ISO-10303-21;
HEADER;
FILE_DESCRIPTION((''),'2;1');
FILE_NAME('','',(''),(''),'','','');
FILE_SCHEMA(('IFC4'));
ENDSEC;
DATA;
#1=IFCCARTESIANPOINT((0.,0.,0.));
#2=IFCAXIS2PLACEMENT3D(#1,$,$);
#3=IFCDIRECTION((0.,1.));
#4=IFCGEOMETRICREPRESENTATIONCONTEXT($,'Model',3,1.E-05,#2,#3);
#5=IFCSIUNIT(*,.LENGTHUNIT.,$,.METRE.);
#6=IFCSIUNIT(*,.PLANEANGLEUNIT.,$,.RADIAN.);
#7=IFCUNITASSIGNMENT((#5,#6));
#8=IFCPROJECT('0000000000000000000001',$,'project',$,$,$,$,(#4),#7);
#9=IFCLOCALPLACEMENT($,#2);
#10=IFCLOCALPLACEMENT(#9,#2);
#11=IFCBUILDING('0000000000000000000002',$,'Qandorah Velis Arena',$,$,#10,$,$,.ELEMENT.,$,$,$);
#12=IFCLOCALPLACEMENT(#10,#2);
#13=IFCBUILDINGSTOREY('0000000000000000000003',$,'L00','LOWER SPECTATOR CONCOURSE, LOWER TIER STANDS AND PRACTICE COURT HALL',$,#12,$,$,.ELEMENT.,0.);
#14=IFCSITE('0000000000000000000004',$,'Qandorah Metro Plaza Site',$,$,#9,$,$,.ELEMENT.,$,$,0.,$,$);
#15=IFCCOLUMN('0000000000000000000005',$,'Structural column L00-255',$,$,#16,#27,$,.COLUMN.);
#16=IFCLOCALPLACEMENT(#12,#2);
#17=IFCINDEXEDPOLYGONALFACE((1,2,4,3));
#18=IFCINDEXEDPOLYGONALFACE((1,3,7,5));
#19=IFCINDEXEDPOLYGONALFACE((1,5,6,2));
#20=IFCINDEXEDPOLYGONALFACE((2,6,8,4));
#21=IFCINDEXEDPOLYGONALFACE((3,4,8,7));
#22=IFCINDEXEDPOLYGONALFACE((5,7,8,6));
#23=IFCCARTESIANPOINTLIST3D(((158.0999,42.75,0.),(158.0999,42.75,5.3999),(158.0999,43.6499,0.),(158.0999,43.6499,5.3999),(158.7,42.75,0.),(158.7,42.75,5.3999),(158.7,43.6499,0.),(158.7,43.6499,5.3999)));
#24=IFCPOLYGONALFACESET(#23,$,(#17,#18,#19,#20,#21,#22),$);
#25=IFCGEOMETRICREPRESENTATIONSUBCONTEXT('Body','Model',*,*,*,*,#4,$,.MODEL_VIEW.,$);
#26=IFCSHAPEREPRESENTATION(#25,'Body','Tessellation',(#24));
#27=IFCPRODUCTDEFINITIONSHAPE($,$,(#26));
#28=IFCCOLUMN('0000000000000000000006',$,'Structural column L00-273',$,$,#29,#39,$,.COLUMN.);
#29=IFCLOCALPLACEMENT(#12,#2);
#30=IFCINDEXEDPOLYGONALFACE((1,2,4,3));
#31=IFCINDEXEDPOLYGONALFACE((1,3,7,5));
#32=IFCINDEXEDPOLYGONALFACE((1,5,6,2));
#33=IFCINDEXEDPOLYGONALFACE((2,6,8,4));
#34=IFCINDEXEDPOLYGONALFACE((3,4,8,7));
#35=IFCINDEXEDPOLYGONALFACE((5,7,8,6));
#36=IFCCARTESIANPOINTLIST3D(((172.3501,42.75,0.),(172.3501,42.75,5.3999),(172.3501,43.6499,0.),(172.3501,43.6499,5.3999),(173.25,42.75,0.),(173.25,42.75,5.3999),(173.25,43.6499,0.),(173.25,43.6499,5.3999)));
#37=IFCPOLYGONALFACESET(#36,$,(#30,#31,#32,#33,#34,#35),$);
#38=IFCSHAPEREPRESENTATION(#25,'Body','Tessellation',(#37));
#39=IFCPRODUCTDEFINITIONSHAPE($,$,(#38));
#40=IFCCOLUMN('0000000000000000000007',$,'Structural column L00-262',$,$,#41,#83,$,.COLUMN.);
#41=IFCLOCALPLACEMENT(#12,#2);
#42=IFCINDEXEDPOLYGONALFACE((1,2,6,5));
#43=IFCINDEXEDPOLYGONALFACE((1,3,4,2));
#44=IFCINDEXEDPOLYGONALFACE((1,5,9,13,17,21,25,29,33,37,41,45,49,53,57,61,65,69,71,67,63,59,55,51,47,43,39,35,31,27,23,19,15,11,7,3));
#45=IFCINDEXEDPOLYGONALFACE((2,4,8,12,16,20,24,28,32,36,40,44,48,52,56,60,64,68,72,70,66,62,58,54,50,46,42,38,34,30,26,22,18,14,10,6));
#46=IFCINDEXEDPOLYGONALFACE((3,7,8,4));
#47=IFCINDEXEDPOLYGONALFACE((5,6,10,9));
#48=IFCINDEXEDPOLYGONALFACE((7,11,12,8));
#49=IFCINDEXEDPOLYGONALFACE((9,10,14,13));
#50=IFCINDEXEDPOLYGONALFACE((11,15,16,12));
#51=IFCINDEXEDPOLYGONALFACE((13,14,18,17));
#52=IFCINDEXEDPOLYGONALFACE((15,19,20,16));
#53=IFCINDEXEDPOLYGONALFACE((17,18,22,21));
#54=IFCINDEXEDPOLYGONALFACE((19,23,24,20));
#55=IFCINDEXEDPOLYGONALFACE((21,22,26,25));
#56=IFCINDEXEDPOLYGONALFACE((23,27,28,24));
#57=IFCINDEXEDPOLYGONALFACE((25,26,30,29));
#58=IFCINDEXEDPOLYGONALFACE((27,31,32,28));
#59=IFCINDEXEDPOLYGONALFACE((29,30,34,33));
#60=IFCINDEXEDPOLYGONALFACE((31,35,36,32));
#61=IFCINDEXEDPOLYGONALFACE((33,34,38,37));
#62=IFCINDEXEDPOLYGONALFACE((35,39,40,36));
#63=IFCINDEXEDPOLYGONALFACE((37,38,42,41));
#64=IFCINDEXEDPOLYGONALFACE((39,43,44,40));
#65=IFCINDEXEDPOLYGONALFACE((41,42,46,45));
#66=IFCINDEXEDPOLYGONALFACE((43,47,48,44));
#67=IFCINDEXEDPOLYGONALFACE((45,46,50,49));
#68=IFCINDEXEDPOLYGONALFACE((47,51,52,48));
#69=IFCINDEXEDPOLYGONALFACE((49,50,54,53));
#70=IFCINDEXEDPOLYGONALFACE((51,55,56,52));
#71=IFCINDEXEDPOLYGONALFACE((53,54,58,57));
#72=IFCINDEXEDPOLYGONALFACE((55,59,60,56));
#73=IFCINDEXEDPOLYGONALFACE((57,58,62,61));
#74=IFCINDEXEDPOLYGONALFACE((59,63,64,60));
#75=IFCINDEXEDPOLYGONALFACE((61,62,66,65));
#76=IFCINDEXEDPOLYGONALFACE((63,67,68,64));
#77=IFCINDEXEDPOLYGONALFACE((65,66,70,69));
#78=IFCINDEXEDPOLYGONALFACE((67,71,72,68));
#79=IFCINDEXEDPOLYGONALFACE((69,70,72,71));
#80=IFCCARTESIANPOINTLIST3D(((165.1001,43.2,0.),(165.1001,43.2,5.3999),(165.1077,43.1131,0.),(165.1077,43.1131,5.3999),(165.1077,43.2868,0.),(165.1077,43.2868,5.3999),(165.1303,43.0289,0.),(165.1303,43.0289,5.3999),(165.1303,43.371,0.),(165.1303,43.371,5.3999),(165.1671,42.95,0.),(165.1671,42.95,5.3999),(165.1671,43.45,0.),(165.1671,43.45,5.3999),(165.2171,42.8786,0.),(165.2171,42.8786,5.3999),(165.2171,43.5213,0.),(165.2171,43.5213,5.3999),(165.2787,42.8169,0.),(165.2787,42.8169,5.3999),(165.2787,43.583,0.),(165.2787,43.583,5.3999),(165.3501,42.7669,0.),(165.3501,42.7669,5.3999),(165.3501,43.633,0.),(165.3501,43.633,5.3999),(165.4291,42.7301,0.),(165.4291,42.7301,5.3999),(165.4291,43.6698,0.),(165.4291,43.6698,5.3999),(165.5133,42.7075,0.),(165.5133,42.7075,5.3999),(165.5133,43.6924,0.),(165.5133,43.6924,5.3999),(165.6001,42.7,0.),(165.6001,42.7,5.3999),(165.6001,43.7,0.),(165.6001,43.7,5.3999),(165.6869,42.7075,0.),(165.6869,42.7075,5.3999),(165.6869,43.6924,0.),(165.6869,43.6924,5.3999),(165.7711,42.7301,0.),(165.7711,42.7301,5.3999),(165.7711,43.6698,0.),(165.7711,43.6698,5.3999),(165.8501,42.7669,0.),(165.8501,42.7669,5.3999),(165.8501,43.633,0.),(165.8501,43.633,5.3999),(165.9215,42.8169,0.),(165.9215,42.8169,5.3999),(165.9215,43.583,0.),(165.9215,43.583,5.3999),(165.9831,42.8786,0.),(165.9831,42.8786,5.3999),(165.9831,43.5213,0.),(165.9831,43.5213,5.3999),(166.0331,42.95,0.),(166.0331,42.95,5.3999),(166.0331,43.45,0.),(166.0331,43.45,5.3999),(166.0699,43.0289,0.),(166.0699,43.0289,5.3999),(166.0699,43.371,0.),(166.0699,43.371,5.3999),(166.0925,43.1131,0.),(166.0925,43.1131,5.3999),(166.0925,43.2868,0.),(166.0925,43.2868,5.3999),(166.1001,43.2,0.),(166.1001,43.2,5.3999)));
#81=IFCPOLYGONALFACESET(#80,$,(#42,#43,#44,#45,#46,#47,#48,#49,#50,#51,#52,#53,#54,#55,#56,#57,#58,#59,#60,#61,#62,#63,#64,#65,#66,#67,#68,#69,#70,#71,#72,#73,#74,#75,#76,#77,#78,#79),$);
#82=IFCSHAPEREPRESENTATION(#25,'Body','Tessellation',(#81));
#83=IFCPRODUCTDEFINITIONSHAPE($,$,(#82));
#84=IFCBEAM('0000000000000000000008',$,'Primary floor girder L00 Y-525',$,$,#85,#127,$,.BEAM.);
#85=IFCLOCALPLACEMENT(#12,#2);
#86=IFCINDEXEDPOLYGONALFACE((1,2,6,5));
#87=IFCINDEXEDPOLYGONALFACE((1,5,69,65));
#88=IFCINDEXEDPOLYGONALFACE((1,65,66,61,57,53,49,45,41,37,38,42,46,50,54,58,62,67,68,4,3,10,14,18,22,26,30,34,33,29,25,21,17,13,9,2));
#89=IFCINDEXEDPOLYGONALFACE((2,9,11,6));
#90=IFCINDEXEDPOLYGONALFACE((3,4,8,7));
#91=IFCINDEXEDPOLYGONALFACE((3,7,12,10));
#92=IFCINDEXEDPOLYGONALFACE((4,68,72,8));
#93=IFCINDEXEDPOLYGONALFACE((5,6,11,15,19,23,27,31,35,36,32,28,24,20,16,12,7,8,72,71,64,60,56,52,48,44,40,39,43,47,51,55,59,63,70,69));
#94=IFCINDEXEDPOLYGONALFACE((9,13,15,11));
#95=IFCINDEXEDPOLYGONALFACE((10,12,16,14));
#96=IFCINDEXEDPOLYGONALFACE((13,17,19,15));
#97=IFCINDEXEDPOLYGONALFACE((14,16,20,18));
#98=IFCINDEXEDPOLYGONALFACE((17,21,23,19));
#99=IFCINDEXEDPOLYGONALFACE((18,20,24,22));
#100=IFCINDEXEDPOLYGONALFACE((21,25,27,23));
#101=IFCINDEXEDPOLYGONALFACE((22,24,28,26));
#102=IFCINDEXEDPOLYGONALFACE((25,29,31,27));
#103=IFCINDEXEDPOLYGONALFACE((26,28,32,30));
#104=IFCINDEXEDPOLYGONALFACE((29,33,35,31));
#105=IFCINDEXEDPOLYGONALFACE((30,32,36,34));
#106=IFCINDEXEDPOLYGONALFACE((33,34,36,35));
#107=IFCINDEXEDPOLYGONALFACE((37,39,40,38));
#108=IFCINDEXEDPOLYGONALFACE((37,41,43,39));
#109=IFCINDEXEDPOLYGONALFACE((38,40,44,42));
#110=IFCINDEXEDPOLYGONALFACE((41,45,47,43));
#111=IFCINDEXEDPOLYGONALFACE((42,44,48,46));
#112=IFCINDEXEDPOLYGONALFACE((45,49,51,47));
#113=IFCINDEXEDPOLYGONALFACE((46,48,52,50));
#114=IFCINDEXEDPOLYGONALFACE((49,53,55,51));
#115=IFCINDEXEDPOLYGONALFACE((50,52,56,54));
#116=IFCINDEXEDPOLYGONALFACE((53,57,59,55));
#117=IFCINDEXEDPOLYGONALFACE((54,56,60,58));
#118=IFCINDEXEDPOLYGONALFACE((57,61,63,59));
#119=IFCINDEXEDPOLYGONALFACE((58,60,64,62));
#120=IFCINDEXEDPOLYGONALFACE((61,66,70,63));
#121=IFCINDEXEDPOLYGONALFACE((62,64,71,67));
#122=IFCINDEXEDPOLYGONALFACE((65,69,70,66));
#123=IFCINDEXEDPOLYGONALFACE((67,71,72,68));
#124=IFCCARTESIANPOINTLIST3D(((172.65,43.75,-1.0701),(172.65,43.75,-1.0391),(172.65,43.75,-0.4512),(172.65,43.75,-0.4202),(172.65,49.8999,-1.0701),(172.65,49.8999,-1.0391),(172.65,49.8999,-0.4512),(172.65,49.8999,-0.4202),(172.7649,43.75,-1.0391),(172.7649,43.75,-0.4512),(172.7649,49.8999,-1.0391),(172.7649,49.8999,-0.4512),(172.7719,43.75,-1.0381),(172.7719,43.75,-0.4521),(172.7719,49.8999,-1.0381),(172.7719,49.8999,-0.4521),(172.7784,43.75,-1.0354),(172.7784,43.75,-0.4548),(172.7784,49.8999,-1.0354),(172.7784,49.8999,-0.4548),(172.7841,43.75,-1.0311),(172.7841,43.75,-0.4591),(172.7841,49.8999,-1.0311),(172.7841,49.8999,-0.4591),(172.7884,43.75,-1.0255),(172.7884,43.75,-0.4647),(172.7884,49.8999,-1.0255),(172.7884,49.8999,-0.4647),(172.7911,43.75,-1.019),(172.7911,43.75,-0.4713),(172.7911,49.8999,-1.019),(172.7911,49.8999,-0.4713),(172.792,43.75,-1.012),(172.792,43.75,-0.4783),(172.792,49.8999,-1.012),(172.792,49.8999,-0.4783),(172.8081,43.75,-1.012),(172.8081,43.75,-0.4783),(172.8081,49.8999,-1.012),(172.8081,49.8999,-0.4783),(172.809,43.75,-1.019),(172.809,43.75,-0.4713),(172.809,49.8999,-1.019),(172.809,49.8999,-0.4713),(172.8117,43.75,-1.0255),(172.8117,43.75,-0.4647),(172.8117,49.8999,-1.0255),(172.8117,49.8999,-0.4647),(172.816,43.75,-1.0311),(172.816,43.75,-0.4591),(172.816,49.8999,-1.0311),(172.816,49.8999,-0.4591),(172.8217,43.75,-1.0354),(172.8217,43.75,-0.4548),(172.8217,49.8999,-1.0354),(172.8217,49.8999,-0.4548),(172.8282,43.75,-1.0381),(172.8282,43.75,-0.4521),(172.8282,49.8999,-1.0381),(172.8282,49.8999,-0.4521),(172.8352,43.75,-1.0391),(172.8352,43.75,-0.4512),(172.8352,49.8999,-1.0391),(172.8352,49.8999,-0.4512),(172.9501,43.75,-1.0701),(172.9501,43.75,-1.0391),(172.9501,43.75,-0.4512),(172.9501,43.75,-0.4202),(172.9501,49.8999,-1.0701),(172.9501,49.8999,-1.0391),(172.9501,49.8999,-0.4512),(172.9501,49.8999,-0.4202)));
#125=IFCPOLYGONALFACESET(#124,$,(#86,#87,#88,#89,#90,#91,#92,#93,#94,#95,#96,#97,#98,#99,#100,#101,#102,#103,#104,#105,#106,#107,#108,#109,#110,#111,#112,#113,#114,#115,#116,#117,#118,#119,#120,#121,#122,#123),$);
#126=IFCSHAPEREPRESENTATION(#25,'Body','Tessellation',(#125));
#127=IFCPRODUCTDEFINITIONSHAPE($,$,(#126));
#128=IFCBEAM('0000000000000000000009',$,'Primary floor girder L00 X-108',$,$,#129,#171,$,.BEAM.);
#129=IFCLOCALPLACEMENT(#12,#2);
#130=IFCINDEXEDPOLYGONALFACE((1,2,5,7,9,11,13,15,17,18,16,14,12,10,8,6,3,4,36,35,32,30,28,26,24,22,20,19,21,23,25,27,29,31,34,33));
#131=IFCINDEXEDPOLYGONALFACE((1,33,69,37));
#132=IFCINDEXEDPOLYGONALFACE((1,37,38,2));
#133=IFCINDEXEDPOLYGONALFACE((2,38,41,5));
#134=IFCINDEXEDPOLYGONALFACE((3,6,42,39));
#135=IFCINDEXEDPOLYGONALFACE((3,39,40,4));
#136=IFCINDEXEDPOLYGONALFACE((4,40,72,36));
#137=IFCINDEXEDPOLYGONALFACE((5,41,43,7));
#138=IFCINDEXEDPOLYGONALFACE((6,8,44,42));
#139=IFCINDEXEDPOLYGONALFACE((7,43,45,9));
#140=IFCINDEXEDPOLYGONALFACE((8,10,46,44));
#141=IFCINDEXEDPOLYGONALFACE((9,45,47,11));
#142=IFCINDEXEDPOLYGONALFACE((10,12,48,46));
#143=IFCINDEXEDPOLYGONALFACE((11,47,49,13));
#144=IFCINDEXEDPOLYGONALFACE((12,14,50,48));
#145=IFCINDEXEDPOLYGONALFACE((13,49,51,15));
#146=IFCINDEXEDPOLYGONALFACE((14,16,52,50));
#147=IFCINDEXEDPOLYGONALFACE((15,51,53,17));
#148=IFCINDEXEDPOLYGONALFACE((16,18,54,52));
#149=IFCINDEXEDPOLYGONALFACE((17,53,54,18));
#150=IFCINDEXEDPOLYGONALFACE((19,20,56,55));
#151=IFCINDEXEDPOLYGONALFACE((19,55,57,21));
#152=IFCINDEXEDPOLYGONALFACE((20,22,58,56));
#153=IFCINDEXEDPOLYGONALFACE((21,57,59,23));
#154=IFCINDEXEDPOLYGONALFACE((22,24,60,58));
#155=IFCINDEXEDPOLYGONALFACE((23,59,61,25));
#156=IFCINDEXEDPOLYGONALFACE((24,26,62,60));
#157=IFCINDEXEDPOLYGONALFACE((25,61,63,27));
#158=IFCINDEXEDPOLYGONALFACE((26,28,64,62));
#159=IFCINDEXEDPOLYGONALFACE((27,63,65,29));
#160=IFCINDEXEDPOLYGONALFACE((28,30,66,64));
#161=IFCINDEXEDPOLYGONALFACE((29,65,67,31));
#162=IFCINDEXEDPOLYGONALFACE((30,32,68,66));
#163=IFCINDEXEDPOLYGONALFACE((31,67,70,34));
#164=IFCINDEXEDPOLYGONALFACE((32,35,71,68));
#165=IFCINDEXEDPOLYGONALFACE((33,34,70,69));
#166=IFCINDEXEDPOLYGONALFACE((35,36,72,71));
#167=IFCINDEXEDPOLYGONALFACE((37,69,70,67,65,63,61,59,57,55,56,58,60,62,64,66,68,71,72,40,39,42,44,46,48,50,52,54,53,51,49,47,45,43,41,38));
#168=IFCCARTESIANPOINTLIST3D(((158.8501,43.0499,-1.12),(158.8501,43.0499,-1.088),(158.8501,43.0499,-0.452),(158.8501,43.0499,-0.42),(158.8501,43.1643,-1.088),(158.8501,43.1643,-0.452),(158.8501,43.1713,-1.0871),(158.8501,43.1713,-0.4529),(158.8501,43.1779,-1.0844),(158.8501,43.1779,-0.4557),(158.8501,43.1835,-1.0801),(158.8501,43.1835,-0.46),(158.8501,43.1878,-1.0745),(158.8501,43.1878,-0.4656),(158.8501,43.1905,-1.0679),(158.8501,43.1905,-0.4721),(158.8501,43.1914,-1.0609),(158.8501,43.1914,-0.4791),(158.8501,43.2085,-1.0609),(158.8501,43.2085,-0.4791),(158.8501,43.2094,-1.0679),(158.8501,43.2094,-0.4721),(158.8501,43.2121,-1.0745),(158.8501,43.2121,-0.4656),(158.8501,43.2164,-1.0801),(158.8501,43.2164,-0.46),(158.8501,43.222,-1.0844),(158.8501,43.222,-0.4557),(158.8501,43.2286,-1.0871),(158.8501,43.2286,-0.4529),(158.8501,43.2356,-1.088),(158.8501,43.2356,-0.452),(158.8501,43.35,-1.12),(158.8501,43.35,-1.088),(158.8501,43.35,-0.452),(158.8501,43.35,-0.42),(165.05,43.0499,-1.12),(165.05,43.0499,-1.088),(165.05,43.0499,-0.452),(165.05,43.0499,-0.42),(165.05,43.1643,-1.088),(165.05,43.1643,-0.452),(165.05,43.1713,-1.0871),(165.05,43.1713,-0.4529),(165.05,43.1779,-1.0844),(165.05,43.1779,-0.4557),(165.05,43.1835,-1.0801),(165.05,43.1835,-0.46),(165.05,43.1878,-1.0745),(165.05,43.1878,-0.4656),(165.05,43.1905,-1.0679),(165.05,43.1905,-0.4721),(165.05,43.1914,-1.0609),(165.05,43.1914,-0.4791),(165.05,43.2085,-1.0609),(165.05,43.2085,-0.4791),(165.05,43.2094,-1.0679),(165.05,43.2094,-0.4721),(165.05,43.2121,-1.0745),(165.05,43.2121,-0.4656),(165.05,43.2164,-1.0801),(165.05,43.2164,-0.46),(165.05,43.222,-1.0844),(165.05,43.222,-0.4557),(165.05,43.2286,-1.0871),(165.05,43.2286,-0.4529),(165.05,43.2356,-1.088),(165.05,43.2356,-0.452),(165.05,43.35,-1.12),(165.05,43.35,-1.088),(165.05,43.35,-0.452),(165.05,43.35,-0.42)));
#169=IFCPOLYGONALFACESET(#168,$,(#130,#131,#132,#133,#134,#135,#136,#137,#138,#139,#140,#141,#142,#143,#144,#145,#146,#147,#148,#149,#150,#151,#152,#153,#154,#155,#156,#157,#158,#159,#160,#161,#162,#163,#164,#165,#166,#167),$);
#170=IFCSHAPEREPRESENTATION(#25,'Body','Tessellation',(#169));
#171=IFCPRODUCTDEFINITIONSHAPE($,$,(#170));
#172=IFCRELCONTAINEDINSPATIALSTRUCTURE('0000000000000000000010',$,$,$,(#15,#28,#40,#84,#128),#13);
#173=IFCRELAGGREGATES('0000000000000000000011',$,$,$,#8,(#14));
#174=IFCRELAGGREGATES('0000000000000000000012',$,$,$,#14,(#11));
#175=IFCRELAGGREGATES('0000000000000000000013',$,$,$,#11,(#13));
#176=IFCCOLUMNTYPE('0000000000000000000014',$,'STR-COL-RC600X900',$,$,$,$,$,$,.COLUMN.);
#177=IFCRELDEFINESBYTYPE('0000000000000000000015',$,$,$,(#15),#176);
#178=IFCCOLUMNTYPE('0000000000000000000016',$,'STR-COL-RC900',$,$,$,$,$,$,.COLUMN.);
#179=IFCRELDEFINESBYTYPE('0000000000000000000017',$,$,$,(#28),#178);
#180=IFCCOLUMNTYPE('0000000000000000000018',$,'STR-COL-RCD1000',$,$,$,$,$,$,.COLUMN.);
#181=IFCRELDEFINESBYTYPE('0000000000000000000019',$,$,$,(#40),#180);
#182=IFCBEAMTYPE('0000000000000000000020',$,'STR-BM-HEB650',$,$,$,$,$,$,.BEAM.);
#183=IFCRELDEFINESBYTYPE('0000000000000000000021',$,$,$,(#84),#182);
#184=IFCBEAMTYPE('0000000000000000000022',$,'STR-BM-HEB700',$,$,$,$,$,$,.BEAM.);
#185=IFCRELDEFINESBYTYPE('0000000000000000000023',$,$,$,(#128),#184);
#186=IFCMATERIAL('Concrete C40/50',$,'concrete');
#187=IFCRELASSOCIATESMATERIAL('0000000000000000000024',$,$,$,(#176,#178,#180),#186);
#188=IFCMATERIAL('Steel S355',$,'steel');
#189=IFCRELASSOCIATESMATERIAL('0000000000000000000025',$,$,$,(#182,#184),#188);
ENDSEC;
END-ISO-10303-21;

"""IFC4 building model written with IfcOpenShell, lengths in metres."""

from ifc_helpers import new_model, si_unit, direction, frame, origin, origin_2d, place, context, subcontext, project, spatial, rectangle, circle, i_section, extrude, material, material_profile, profile_set, type_object, element, save


model = new_model("IFC4")

# Units and contexts
model_context = context("Model", 3, precision=1e-05, world=origin(), true_north=direction((0.0, 1.0)))
body_context = subcontext(model_context, "Body", "Model", "MODEL_VIEW")
ifc_project = project(units=[si_unit("LENGTHUNIT", "METRE"), si_unit("PLANEANGLEUNIT", "RADIAN")], contexts=[model_context])

# Site, building, storey
site_placement = place(None, origin())
site = spatial("IfcSite", under=ifc_project, at=site_placement, Name="Qandorah Metro Plaza Site", CompositionType="ELEMENT", RefElevation=0.0)
building_placement = place(site_placement, origin())
building = spatial("IfcBuilding", under=site, at=building_placement, Name="Qandorah Velis Arena", CompositionType="ELEMENT")
storey_placement = place(building_placement, origin())
storey = spatial("IfcBuildingStorey", under=building, at=storey_placement, Name="L00", Description="LOWER SPECTATOR CONCOURSE, LOWER TIER STANDS AND PRACTICE COURT HALL", CompositionType="ELEMENT", Elevation=0.0)

# Columns
ifc_material_1 = material(Name="Concrete C40/50", Category="concrete")
ifc_material_profile_1 = material_profile(ifc_material_1, rectangle(XDim=0.6001, YDim=0.8999, at=origin_2d()), Name="RC COL 600x900")
ifc_profile_set_1 = profile_set([ifc_material_profile_1], Name="Concrete C40/50")
column_type_1 = type_object("IfcColumnType", Name="STR-COL-RC600X900", PredefinedType="COLUMN", material=ifc_profile_set_1)
column_1_placement = place(storey_placement, frame((158.3999, 43.2, 0.0), z_axis=(0.0, 0.0, 1.0), x_axis=(1.0, 0.0, 0.0)))
element("IfcColumn", 1, at=column_1_placement, inside=storey, type_object=column_type_1, Name="Structural column L00-255", PredefinedType="COLUMN", context=body_context, shape_type="SweptSolid", body=[
    extrude(rectangle(XDim=0.6001, YDim=0.8999, at=origin_2d()), origin(), (0.0, 0.0, 1.0), 5.3999),
])
ifc_material_profile_2 = material_profile(ifc_material_1, rectangle(XDim=0.8999, YDim=0.8999, at=origin_2d()), Name="RC COL 900x900")
ifc_profile_set_2 = profile_set([ifc_material_profile_2], Name="Concrete C40/50")
column_type_2 = type_object("IfcColumnType", Name="STR-COL-RC900", PredefinedType="COLUMN", material=ifc_profile_set_2)
column_2_placement = place(storey_placement, frame((172.8, 43.2, 0.0), z_axis=(0.0, 0.0, 1.0), x_axis=(1.0, 0.0, 0.0)))
element("IfcColumn", 2, at=column_2_placement, inside=storey, type_object=column_type_2, Name="Structural column L00-273", PredefinedType="COLUMN", context=body_context, shape_type="SweptSolid", body=[
    extrude(rectangle(XDim=0.8999, YDim=0.8999, at=origin_2d()), origin(), (0.0, 0.0, 1.0), 5.3999),
])
ifc_material_profile_3 = material_profile(ifc_material_1, circle(Radius=0.5, at=origin_2d()), Name="RC D1000")
ifc_profile_set_3 = profile_set([ifc_material_profile_3], Name="Concrete C40/50")
column_type_3 = type_object("IfcColumnType", Name="STR-COL-RCD1000", PredefinedType="COLUMN", material=ifc_profile_set_3)
column_3_placement = place(storey_placement, frame((165.6001, 43.2, 0.0), z_axis=(0.0, 0.0, 1.0), x_axis=(1.0, 0.0, 0.0)))
element("IfcColumn", 3, at=column_3_placement, inside=storey, type_object=column_type_3, Name="Structural column L00-262", PredefinedType="COLUMN", context=body_context, shape_type="SweptSolid", body=[
    extrude(circle(Radius=0.5, at=origin_2d()), origin(), (0.0, 0.0, 1.0), 5.3999),
])

# Beams
ifc_material_2 = material(Name="Steel S355", Category="steel")
ifc_material_profile_4 = material_profile(ifc_material_2, i_section(OverallWidth=0.3, OverallDepth=0.6499, WebThickness=0.0161, FlangeThickness=0.031, FilletRadius=0.0271, at=origin_2d()), Name="HEB 650")
ifc_profile_set_4 = profile_set([ifc_material_profile_4], Name="Steel S355")
beam_type_1 = type_object("IfcBeamType", Name="STR-BM-HEB650", PredefinedType="BEAM", material=ifc_profile_set_4)
beam_1_placement = place(storey_placement, frame((172.8, 43.75, -0.7451), z_axis=(0.0, 1.0, 0.0), x_axis=(-1.0, 0.0, 0.0)))
element("IfcBeam", 4, at=beam_1_placement, inside=storey, type_object=beam_type_1, Name="Primary floor girder L00 Y-525", PredefinedType="BEAM", context=body_context, shape_type="SweptSolid", body=[
    extrude(i_section(OverallWidth=0.3, OverallDepth=0.6499, WebThickness=0.0161, FlangeThickness=0.031, FilletRadius=0.0271, at=origin_2d()), origin(), (0.0, 0.0, 1.0), 6.1499),
])
ifc_material_profile_5 = material_profile(ifc_material_2, i_section(OverallWidth=0.3, OverallDepth=0.7, WebThickness=0.0171, FlangeThickness=0.032, FilletRadius=0.0271, at=origin_2d()), Name="HEB 700")
ifc_profile_set_5 = profile_set([ifc_material_profile_5], Name="Steel S355")
beam_type_2 = type_object("IfcBeamType", Name="STR-BM-HEB700", PredefinedType="BEAM", material=ifc_profile_set_5)
beam_2_placement = place(storey_placement, frame((158.8501, 43.2, -0.77), z_axis=(1.0, 0.0, 0.0), x_axis=(0.0, 1.0, 0.0)))
element("IfcBeam", 5, at=beam_2_placement, inside=storey, type_object=beam_type_2, Name="Primary floor girder L00 X-108", PredefinedType="BEAM", context=body_context, shape_type="SweptSolid", body=[
    extrude(i_section(OverallWidth=0.3, OverallDepth=0.7, WebThickness=0.0171, FlangeThickness=0.032, FilletRadius=0.0271, at=origin_2d()), origin(), (0.0, 0.0, 1.0), 6.2),
])

save(model, "model.ifc")
